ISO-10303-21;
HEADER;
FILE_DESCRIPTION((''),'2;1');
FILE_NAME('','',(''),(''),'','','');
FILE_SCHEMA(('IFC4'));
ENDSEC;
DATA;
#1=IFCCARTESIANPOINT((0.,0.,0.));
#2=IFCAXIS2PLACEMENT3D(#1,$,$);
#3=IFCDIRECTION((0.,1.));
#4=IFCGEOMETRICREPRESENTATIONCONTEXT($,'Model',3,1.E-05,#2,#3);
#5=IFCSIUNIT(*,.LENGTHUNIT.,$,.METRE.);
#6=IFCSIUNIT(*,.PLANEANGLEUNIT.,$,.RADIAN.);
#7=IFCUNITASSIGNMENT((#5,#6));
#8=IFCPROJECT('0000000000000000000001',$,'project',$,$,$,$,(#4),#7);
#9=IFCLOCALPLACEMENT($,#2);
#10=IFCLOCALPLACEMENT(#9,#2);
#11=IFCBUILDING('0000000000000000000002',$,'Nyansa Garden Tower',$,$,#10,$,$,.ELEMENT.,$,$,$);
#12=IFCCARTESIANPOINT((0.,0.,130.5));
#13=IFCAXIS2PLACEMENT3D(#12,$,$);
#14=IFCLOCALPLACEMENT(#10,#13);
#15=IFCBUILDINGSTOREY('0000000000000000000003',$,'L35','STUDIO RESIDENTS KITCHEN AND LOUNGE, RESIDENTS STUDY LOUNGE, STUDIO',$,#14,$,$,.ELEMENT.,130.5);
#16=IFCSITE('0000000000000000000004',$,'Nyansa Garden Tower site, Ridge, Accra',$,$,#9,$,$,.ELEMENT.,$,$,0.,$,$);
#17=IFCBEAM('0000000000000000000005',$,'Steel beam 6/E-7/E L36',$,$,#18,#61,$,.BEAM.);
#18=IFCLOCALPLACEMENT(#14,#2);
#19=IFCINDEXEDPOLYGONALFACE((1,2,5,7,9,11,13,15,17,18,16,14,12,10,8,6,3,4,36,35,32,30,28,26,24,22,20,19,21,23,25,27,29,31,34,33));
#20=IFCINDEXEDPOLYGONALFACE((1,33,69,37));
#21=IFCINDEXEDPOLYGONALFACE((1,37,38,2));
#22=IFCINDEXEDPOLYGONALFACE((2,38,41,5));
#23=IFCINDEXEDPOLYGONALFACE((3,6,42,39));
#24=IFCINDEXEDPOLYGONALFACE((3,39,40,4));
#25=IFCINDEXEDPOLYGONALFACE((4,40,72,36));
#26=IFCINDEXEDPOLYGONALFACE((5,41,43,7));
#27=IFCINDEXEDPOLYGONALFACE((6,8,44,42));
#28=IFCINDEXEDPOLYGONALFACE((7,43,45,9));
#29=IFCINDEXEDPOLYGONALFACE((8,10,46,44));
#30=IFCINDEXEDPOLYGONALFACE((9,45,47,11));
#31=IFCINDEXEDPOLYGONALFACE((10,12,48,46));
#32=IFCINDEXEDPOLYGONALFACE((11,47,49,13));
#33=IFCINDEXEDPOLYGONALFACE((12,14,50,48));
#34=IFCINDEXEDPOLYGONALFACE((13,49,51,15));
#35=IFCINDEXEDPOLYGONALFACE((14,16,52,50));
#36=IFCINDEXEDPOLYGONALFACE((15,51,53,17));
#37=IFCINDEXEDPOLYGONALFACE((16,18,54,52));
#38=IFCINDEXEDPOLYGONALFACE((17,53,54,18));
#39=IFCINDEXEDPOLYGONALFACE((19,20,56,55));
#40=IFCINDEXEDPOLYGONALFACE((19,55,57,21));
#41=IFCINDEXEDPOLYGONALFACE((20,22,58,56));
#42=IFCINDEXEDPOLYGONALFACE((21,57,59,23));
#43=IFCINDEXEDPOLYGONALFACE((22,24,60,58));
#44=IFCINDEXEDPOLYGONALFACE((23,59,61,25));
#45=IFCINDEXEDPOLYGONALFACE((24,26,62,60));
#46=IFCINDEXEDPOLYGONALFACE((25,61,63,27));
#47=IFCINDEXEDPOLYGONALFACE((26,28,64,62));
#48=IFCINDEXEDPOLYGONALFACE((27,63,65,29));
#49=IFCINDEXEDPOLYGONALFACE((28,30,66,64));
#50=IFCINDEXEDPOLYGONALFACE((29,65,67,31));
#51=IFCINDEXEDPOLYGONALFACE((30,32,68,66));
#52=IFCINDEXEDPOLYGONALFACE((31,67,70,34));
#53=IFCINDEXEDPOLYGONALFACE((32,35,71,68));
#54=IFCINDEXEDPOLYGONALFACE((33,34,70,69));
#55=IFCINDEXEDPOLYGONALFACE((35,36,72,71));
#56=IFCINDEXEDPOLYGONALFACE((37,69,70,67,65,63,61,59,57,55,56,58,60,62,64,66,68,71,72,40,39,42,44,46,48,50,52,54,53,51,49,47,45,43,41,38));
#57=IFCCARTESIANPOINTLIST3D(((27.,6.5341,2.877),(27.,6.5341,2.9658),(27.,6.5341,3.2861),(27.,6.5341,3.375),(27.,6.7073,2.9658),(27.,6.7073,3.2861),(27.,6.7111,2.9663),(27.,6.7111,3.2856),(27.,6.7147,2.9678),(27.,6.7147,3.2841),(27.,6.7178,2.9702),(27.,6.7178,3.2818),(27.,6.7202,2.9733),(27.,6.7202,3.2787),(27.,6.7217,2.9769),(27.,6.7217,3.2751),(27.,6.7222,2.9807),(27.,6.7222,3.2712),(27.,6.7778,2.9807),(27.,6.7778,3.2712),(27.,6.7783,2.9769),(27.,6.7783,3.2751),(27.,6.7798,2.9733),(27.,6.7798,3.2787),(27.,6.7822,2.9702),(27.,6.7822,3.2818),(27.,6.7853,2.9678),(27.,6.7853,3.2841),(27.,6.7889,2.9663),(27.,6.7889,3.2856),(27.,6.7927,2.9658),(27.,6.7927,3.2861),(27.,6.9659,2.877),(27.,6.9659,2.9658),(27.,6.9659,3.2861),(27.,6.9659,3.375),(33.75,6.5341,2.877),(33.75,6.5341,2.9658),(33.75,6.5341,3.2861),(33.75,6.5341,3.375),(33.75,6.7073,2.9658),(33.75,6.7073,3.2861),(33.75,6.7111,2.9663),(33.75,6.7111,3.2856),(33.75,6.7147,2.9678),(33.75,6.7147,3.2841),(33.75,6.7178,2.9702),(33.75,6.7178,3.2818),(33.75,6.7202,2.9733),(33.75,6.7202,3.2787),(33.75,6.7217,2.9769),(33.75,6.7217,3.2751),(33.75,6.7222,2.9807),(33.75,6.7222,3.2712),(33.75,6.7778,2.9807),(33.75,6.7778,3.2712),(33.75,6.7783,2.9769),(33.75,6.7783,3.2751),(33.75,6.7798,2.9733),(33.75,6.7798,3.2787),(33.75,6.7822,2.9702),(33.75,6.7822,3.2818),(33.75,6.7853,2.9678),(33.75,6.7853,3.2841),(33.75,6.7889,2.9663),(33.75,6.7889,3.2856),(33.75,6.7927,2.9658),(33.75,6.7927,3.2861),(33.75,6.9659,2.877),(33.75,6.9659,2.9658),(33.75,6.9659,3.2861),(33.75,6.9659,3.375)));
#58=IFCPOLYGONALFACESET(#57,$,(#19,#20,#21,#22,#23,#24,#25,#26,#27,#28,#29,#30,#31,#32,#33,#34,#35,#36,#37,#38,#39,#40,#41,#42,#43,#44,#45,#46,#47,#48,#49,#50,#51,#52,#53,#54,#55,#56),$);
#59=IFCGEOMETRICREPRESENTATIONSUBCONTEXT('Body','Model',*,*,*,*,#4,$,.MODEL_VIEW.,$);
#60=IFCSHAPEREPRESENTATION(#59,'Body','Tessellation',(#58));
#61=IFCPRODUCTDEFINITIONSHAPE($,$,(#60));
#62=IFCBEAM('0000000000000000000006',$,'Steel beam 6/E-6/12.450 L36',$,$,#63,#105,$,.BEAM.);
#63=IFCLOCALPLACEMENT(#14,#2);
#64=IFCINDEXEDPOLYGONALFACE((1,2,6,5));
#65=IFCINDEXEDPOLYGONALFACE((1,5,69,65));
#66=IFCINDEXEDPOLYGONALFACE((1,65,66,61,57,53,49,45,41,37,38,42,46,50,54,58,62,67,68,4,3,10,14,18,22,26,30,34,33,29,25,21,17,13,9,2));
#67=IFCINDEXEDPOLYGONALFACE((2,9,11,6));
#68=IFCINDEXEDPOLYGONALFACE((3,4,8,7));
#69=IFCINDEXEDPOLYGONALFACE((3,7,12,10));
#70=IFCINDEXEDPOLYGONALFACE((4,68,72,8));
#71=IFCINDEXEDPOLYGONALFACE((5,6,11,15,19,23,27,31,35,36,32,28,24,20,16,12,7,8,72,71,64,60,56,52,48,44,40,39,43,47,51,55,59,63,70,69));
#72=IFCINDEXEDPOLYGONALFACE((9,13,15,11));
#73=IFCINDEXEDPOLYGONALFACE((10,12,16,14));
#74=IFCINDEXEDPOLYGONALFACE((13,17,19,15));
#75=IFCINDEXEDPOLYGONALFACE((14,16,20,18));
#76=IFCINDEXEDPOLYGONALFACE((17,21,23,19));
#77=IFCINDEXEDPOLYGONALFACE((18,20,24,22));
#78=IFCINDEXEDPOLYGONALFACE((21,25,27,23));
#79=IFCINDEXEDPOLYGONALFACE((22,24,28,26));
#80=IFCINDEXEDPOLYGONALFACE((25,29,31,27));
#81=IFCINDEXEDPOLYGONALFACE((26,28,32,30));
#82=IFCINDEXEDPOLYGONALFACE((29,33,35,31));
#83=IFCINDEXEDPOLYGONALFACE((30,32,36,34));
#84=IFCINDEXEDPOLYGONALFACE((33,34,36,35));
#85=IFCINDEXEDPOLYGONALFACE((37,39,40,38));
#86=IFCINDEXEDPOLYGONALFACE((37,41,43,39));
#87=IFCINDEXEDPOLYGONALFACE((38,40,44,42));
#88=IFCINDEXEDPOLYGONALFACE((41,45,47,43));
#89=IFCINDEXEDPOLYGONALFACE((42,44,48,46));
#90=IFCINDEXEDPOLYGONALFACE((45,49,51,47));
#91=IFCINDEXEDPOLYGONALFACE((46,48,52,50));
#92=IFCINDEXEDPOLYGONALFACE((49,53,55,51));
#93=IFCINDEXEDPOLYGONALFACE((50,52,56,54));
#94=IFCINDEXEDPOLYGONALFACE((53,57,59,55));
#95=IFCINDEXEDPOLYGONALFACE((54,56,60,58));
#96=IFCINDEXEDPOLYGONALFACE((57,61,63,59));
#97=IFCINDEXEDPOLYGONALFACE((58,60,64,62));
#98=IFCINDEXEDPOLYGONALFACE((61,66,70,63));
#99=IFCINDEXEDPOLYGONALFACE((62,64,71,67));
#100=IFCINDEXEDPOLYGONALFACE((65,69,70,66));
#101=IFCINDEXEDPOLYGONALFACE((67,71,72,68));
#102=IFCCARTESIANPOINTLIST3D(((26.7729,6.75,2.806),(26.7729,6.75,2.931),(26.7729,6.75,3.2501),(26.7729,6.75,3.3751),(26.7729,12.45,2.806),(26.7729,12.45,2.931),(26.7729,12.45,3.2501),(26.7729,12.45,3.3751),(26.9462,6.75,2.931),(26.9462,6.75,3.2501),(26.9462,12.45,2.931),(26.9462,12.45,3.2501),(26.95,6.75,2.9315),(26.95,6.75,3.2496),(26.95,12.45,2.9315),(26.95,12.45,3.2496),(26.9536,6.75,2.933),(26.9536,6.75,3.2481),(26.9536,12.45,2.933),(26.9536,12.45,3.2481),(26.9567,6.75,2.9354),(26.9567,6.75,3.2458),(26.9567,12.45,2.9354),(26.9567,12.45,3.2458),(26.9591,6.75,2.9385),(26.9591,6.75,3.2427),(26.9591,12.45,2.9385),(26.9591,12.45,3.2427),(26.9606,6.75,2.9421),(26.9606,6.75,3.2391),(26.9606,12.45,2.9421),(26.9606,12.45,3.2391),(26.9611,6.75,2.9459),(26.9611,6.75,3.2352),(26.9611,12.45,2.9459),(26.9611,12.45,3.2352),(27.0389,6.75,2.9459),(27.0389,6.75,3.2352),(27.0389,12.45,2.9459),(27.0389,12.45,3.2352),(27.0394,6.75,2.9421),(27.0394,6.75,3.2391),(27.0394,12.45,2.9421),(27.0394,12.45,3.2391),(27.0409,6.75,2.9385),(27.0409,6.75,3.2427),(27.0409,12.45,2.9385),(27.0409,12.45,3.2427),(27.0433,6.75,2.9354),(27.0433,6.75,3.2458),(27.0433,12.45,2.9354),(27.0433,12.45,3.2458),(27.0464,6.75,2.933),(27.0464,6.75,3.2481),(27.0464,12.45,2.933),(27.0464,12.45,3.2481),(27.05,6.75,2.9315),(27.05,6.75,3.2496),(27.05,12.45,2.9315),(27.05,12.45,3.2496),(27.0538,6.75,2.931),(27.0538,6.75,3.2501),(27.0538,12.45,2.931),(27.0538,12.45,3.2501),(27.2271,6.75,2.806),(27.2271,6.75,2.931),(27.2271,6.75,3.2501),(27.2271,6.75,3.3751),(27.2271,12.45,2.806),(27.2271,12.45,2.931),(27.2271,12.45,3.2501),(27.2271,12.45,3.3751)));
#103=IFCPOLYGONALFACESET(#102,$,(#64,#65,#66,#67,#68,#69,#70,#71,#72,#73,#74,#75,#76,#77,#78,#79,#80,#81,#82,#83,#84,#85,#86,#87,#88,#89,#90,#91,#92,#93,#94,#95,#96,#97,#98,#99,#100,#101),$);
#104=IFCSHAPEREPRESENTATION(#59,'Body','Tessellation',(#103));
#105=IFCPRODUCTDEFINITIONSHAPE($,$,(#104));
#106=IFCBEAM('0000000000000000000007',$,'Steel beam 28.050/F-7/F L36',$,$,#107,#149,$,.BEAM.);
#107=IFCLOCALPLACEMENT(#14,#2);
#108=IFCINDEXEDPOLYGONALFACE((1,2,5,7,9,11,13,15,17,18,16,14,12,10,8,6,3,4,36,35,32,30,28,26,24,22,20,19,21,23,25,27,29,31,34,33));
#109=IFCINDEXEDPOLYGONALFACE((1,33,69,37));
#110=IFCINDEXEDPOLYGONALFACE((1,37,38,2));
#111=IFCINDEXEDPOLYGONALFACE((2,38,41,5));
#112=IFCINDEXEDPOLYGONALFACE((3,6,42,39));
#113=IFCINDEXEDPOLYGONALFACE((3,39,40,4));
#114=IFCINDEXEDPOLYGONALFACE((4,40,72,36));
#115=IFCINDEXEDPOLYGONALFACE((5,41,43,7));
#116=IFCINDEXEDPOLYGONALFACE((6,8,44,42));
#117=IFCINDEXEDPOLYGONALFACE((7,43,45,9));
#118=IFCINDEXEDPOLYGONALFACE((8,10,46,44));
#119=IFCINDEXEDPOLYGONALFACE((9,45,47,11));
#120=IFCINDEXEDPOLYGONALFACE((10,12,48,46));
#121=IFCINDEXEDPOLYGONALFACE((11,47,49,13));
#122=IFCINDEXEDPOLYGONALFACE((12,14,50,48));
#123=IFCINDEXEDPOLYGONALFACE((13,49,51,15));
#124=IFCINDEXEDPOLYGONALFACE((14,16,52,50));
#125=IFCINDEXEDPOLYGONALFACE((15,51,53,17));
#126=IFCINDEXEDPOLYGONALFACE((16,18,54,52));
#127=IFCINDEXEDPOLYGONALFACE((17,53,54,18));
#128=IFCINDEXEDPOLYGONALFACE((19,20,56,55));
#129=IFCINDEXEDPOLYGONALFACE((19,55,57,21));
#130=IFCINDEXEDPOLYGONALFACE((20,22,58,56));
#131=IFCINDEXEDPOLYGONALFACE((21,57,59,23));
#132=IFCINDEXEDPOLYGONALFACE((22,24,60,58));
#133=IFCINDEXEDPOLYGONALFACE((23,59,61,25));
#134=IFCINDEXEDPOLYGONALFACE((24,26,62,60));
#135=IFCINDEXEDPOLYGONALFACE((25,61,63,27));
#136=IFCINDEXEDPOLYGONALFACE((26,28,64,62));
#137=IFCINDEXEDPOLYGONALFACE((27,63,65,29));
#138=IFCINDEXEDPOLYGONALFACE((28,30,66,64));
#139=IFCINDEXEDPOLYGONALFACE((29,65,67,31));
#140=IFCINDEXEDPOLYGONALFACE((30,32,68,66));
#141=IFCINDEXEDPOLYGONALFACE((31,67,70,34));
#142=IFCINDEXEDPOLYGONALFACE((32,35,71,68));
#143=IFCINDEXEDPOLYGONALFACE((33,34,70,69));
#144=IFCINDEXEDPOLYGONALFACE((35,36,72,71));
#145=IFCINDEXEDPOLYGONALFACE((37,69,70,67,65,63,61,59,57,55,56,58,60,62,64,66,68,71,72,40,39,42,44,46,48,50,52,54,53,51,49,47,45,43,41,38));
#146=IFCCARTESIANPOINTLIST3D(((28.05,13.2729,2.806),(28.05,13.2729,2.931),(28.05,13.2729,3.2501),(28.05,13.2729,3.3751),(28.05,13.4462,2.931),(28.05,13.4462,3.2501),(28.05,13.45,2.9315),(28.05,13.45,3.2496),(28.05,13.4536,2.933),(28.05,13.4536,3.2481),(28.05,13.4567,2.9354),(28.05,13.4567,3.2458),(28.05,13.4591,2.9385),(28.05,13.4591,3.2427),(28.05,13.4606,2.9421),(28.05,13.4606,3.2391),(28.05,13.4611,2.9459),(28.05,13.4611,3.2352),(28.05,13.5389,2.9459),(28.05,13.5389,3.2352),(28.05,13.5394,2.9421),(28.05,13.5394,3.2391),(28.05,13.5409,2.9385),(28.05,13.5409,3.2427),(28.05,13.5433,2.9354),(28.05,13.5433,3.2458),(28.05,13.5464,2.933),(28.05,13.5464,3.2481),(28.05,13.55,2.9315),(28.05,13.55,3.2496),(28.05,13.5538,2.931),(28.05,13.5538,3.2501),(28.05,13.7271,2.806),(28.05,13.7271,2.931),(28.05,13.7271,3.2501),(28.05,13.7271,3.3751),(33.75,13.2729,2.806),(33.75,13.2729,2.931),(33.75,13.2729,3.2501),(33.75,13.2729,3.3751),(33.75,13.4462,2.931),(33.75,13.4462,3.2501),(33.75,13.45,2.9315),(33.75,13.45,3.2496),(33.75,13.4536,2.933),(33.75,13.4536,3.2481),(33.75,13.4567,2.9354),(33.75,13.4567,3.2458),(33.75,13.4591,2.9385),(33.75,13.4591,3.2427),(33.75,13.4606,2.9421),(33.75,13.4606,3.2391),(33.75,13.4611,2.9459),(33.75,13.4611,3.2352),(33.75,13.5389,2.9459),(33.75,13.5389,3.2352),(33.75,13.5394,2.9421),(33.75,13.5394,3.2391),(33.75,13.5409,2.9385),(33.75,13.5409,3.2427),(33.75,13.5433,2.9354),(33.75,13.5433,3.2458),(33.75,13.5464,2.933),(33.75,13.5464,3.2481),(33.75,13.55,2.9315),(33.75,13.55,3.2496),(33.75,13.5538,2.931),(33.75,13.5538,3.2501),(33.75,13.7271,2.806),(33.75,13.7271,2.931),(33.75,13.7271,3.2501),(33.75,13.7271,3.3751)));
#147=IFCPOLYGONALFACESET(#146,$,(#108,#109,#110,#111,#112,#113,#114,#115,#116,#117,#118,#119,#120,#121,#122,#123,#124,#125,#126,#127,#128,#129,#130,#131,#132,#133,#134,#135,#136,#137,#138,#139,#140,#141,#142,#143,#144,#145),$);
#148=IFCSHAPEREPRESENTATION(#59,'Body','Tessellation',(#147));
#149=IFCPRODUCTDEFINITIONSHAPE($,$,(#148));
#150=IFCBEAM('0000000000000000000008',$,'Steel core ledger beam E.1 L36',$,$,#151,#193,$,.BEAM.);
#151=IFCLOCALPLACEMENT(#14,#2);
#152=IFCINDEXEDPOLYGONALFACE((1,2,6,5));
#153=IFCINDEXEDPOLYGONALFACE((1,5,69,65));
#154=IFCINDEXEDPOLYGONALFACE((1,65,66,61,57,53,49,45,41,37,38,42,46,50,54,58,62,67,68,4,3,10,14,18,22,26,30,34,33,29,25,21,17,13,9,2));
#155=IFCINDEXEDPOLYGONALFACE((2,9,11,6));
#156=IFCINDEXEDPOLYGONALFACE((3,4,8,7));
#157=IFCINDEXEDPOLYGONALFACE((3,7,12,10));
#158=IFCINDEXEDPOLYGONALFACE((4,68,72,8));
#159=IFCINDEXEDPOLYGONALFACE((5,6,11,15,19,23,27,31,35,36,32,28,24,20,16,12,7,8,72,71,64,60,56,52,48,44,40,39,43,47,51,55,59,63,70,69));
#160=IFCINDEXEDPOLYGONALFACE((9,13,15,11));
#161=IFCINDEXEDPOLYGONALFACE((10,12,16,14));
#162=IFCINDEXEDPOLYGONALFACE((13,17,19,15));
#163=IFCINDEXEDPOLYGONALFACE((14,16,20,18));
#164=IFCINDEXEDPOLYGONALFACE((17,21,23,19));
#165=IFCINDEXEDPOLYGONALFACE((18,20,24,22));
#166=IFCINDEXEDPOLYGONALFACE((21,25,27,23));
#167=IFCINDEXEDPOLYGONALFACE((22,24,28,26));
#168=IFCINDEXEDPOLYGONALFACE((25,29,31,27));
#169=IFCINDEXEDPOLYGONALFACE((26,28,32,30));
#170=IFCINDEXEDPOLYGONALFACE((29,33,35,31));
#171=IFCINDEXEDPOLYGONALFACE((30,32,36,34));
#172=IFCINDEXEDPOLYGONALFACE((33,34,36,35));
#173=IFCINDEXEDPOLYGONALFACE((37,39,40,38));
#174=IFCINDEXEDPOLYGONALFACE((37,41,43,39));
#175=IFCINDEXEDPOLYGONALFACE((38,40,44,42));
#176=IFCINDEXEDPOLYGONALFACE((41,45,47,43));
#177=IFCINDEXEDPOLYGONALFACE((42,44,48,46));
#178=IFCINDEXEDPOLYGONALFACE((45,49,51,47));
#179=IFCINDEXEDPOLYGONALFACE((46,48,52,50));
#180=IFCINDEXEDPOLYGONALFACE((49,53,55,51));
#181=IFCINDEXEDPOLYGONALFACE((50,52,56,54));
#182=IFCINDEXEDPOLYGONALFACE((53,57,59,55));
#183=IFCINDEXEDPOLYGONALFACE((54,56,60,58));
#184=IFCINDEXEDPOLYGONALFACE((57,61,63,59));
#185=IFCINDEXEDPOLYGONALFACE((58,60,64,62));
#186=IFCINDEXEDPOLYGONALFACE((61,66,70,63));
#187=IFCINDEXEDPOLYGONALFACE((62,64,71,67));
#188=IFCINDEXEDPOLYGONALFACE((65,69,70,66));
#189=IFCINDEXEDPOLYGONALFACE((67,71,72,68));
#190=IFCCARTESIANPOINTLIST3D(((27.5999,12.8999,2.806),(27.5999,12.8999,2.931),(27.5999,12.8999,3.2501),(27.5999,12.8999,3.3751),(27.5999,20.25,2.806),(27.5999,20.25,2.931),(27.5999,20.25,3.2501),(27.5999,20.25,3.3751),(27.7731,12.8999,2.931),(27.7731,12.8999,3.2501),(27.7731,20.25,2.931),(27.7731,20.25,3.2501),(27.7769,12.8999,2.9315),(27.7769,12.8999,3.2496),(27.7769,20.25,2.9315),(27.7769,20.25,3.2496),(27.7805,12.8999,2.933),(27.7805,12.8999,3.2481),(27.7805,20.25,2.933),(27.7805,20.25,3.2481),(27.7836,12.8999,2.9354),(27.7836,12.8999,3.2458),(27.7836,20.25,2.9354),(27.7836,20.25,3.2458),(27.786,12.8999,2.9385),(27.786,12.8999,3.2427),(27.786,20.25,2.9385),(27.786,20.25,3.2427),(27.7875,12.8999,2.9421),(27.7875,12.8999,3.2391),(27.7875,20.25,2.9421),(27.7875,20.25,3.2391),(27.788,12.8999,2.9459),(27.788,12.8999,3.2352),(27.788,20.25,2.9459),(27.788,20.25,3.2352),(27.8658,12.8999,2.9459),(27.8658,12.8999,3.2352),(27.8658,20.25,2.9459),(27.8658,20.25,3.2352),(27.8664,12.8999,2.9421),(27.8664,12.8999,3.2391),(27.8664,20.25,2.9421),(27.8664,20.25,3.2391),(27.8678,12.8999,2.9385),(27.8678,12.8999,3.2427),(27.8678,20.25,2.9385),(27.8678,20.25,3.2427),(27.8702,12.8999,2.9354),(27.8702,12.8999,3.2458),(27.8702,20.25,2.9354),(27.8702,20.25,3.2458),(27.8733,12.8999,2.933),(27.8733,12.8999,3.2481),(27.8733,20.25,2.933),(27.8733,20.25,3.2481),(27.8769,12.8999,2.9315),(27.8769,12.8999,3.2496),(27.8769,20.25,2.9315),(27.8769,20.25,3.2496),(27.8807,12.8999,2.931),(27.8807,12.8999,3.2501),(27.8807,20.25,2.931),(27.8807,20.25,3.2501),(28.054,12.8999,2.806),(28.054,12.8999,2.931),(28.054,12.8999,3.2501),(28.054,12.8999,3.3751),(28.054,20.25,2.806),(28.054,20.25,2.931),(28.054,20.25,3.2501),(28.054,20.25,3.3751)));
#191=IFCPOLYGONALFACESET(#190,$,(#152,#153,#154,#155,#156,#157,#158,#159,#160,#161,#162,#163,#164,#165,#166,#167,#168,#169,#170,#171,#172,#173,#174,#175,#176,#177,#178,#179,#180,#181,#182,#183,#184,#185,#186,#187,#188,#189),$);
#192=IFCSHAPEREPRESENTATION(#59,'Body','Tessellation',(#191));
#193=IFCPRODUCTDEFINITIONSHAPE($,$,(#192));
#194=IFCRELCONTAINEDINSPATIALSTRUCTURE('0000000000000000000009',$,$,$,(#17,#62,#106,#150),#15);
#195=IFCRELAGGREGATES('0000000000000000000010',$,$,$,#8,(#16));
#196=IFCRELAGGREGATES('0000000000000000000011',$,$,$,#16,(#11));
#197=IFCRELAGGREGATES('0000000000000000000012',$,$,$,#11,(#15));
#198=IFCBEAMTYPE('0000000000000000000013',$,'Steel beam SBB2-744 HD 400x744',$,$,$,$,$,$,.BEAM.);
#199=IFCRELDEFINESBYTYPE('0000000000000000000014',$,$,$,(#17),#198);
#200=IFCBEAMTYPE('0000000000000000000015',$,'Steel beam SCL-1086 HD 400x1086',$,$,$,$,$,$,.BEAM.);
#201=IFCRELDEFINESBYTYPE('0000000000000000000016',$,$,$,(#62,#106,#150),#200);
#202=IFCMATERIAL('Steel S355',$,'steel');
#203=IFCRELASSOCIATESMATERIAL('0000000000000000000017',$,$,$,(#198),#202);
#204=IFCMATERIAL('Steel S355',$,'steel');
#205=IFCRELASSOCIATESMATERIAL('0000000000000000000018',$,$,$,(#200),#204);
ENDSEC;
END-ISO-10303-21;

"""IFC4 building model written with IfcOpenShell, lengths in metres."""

from ifc_helpers import new_model, si_unit, direction, frame, origin, origin_2d, place, context, subcontext, project, spatial, i_section, extrude, material, material_profile, profile_set, type_object, element, save


model = new_model("IFC4")

# Units and contexts
model_context = context("Model", 3, precision=1e-05, world=origin(), true_north=direction((0.0, 1.0)))
body_context = subcontext(model_context, "Body", "Model", "MODEL_VIEW")
ifc_project = project(units=[si_unit("LENGTHUNIT", "METRE"), si_unit("PLANEANGLEUNIT", "RADIAN")], contexts=[model_context])

# Site, building, storey
site_placement = place(None, origin())
site = spatial("IfcSite", under=ifc_project, at=site_placement, Name="Nyansa Garden Tower site, Ridge, Accra", CompositionType="ELEMENT", RefElevation=0.0)
building_placement = place(site_placement, origin())
building = spatial("IfcBuilding", under=site, at=building_placement, Name="Nyansa Garden Tower", CompositionType="ELEMENT")
storey_placement = place(building_placement, frame((0.0, 0.0, 130.5)))
storey = spatial("IfcBuildingStorey", under=building, at=storey_placement, Name="L35", Description="STUDIO RESIDENTS KITCHEN AND LOUNGE, RESIDENTS STUDY LOUNGE, STUDIO", CompositionType="ELEMENT", Elevation=130.5)

# Beams
ifc_material_1 = material(Name="Steel S355", Category="steel")
ifc_material_profile_1 = material_profile(ifc_material_1, i_section(OverallWidth=0.4319, OverallDepth=0.498, WebThickness=0.0557, FlangeThickness=0.0889, FilletRadius=0.0149, at=origin_2d()), Name="HD 400x744")
ifc_profile_set_1 = profile_set([ifc_material_profile_1], Name="Steel S355")
beam_type_1 = type_object("IfcBeamType", Name="Steel beam SBB2-744 HD 400x744", PredefinedType="BEAM", material=ifc_profile_set_1)
beam_1_placement = place(storey_placement, frame((27.0, 6.75, 3.126), z_axis=(1.0, 0.0, 0.0), x_axis=(0.0, 1.0, 0.0)))
element("IfcBeam", 1, at=beam_1_placement, inside=storey, type_object=beam_type_1, Name="Steel beam 6/E-7/E L36", PredefinedType="BEAM", context=body_context, shape_type="SweptSolid", body=[
    extrude(i_section(OverallWidth=0.4319, OverallDepth=0.498, WebThickness=0.0557, FlangeThickness=0.0889, FilletRadius=0.0149, at=origin_2d()), origin(), (0.0, 0.0, 1.0), 6.75),
])
ifc_material_2 = material(Name="Steel S355", Category="steel")
ifc_material_profile_2 = material_profile(ifc_material_2, i_section(OverallWidth=0.4541, OverallDepth=0.5691, WebThickness=0.0779, FlangeThickness=0.125, FilletRadius=0.0149, at=origin_2d()), Name="HD 400x1086")
ifc_profile_set_2 = profile_set([ifc_material_profile_2], Name="Steel S355")
beam_type_2 = type_object("IfcBeamType", Name="Steel beam SCL-1086 HD 400x1086", PredefinedType="BEAM", material=ifc_profile_set_2)
for number, where, z_axis, x_axis, name in (
    (2, (27.0, 6.75, 3.0906), (0.0, 1.0, 0.0), (-1.0, 0.0, 0.0), "Steel beam 6/E-6/12.450 L36"),
    (3, (28.05, 13.5, 3.0906), (1.0, 0.0, 0.0), (0.0, 1.0, 0.0), "Steel beam 28.050/F-7/F L36"),
):
    element("IfcBeam", number, at=place(storey_placement, frame(where, z_axis=z_axis, x_axis=x_axis)), inside=storey, type_object=beam_type_2, Name=name, PredefinedType="BEAM", context=body_context, shape_type="SweptSolid", body=[
        extrude(i_section(OverallWidth=0.4541, OverallDepth=0.5691, WebThickness=0.0779, FlangeThickness=0.125, FilletRadius=0.0149, at=origin_2d()), origin(), (0.0, 0.0, 1.0), 5.7),
    ])
beam_2_placement = place(storey_placement, frame((27.8269, 12.8999, 3.0906), z_axis=(0.0, 1.0, 0.0), x_axis=(-1.0, 0.0, 0.0)))
element("IfcBeam", 4, at=beam_2_placement, inside=storey, type_object=beam_type_2, Name="Steel core ledger beam E.1 L36", PredefinedType="BEAM", context=body_context, shape_type="SweptSolid", body=[
    extrude(i_section(OverallWidth=0.4541, OverallDepth=0.5691, WebThickness=0.0779, FlangeThickness=0.125, FilletRadius=0.0149, at=origin_2d()), origin(), (0.0, 0.0, 1.0), 7.3501),
])

save(model, "model.ifc")
